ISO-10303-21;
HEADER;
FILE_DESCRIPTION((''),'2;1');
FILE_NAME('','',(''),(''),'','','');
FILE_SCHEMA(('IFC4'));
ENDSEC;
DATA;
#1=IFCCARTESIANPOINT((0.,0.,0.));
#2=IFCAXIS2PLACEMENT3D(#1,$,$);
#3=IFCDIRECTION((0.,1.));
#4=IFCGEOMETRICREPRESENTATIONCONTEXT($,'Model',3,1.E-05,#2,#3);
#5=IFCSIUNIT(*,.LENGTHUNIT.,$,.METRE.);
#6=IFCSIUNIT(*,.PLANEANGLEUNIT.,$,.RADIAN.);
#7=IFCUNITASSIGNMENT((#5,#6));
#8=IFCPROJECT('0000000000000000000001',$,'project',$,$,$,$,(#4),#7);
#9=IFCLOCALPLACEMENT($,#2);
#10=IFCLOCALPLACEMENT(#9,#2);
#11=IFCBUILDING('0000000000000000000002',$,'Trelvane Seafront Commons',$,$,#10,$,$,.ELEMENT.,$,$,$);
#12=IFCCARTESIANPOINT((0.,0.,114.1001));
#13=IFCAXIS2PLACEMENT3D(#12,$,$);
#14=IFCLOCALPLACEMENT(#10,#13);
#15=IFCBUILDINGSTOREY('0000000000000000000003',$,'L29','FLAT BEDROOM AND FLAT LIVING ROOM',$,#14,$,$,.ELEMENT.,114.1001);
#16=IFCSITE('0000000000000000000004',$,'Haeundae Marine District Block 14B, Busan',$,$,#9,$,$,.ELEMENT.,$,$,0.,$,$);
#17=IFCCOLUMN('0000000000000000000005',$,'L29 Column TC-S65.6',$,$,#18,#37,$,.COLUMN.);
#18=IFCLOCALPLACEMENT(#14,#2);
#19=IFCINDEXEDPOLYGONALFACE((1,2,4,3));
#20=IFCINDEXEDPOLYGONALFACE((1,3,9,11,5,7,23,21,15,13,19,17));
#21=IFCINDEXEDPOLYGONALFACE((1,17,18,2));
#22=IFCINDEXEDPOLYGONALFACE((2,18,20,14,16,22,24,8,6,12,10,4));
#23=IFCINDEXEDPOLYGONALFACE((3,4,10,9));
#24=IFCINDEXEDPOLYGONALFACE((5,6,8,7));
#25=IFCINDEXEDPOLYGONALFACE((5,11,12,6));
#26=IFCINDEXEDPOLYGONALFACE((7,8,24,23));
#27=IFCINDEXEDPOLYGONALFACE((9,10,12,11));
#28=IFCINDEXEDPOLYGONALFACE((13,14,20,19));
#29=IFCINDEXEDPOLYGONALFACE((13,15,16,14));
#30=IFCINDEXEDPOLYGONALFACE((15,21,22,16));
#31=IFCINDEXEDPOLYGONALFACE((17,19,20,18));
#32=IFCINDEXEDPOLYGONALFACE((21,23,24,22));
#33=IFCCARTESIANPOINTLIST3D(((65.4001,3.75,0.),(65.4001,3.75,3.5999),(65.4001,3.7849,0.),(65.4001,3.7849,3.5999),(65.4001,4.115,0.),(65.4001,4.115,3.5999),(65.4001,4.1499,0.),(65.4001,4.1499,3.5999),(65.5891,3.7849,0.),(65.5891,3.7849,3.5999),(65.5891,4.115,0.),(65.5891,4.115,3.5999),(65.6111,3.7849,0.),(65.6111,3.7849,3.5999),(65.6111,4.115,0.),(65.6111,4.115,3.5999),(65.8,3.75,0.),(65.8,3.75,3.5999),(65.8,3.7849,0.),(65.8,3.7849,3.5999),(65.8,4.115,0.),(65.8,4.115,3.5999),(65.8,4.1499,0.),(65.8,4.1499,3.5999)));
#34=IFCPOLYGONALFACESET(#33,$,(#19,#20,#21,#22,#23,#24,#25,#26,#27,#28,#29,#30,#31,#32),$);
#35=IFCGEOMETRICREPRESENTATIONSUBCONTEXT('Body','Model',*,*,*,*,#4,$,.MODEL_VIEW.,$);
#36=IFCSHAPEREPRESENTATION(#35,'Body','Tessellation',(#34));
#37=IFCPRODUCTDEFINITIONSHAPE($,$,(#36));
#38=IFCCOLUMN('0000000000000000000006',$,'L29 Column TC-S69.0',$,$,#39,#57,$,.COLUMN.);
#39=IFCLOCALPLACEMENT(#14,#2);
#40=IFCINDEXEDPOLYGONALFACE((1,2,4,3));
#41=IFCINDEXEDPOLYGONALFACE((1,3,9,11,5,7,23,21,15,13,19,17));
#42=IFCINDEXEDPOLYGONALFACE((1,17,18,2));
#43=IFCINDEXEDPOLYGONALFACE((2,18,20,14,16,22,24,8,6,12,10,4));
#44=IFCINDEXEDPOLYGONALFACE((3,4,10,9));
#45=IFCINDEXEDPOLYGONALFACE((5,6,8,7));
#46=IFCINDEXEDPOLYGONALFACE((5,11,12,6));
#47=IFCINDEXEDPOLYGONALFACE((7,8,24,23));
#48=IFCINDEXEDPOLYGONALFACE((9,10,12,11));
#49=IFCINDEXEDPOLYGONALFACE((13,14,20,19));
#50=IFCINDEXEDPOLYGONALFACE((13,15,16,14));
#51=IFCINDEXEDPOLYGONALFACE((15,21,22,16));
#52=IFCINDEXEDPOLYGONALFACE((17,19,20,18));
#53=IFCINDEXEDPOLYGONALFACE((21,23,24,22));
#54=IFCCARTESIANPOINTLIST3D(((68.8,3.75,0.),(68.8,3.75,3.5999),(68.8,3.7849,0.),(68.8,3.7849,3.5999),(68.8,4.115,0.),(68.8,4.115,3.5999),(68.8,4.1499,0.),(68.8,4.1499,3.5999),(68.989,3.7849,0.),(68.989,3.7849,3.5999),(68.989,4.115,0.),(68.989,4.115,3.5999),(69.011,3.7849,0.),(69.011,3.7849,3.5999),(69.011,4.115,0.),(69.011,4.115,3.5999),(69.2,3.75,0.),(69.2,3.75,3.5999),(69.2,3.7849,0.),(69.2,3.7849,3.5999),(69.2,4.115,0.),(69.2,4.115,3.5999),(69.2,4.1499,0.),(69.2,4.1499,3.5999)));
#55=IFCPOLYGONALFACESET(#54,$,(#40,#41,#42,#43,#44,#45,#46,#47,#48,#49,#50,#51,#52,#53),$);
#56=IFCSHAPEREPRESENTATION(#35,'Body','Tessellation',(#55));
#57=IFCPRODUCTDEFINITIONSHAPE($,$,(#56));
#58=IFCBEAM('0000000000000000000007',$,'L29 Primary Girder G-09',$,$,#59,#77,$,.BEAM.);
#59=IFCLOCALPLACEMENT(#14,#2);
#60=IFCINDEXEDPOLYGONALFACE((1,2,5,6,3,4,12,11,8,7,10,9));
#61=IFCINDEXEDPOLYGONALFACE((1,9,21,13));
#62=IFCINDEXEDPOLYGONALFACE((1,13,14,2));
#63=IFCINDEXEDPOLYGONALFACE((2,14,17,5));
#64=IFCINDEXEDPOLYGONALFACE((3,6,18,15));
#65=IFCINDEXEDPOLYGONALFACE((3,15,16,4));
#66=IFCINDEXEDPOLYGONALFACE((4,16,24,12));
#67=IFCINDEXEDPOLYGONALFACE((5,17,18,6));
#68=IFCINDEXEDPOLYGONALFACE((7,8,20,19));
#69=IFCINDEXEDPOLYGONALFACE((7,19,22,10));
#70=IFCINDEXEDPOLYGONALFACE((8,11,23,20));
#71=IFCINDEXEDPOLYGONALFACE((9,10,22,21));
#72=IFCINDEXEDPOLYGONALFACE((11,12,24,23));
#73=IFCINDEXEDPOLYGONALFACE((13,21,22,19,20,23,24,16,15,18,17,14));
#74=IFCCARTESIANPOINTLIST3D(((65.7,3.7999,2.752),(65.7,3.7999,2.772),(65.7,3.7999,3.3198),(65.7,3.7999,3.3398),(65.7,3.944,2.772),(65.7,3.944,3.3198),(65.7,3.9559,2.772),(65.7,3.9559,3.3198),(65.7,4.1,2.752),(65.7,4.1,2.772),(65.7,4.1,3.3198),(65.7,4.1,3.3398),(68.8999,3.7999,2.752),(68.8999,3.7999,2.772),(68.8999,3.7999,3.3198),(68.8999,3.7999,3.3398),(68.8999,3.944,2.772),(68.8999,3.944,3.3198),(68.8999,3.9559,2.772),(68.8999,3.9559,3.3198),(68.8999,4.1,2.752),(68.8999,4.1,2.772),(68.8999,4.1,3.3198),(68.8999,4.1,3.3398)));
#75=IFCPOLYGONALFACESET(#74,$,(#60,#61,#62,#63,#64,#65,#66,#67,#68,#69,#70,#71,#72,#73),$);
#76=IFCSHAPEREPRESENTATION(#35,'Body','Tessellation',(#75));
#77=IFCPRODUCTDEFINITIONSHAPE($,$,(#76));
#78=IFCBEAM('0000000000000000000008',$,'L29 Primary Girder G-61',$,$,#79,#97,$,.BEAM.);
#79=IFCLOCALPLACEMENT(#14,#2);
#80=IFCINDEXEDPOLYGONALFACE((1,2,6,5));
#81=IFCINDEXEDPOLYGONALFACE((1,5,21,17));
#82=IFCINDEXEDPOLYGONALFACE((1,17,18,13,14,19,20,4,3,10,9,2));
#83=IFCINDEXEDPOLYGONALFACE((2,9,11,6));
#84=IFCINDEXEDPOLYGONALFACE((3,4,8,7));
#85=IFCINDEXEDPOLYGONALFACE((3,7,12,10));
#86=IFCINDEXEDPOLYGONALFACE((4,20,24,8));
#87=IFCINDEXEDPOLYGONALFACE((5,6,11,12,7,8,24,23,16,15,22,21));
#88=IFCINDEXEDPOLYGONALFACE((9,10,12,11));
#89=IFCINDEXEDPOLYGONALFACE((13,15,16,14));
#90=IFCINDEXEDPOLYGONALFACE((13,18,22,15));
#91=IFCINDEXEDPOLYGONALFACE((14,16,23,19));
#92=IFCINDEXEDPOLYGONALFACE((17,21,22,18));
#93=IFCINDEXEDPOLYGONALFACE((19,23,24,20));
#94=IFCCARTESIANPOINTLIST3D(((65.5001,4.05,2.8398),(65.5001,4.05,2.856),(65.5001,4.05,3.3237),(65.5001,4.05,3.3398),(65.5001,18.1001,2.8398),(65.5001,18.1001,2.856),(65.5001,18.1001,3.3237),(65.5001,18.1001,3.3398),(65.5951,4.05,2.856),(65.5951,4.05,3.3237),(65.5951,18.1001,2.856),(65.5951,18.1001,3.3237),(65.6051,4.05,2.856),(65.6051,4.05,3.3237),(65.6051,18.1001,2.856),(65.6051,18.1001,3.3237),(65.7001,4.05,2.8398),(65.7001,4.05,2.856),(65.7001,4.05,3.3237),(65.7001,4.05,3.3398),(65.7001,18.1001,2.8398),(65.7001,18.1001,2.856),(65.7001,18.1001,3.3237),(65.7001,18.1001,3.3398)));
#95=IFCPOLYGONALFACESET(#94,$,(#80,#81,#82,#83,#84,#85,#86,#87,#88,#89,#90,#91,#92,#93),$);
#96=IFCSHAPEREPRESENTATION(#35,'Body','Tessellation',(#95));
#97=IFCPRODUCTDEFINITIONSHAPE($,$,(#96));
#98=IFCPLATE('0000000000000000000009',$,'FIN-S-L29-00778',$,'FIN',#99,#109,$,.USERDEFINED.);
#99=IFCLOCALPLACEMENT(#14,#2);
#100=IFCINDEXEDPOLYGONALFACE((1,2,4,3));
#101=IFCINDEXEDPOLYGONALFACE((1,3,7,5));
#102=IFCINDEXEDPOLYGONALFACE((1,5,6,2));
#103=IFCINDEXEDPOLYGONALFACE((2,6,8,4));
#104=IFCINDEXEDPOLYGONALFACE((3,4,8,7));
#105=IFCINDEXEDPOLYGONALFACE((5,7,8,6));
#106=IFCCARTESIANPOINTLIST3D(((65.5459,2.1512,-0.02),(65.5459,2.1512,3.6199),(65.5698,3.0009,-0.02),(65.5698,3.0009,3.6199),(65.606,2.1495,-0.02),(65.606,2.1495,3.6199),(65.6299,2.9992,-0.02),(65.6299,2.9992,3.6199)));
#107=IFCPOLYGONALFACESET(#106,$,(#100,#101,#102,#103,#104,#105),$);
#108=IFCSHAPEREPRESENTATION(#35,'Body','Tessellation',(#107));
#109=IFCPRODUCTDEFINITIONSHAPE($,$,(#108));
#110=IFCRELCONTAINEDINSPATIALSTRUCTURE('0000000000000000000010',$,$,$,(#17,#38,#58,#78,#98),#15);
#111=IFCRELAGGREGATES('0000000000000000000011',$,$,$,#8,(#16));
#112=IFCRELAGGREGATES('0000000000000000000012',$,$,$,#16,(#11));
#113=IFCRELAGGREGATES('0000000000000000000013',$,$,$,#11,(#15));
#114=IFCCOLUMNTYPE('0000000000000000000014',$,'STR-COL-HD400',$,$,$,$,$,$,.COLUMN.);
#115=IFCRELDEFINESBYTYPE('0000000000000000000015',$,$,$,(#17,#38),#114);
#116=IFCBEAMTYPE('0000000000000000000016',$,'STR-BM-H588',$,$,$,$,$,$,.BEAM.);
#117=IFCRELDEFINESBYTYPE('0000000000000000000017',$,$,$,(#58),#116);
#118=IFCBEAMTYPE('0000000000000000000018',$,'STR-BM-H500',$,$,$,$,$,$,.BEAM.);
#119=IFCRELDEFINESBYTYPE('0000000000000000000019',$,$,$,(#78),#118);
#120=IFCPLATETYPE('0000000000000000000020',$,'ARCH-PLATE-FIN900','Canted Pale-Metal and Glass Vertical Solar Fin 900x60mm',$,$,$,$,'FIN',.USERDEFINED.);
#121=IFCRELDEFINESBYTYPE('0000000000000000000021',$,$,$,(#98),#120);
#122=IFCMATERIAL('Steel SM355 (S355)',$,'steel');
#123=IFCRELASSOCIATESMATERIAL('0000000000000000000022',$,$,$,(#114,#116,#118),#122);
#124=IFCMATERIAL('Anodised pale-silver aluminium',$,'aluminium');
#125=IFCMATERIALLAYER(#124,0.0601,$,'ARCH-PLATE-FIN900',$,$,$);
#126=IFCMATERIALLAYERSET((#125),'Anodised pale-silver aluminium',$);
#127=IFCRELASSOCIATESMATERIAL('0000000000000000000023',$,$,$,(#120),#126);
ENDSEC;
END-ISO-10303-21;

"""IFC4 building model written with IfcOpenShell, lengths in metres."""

from ifc_helpers import new_model, si_unit, direction, frame, origin, origin_2d, place, context, subcontext, project, spatial, rectangle, i_section, extrude, source, transform, mapped, material, layer, layer_set, material_profile, profile_set, type_object, element, save


model = new_model("IFC4")

# Units and contexts
model_context = context("Model", 3, precision=1e-05, world=origin(), true_north=direction((0.0, 1.0)))
body_context = subcontext(model_context, "Body", "Model", "MODEL_VIEW")
ifc_project = project(units=[si_unit("LENGTHUNIT", "METRE"), si_unit("PLANEANGLEUNIT", "RADIAN")], contexts=[model_context])

# Site, building, storey
site_placement = place(None, origin())
site = spatial("IfcSite", under=ifc_project, at=site_placement, Name="Haeundae Marine District Block 14B, Busan", CompositionType="ELEMENT", RefElevation=0.0)
building_placement = place(site_placement, origin())
building = spatial("IfcBuilding", under=site, at=building_placement, Name="Trelvane Seafront Commons", CompositionType="ELEMENT")
storey_placement = place(building_placement, frame((0.0, 0.0, 114.1001)))
storey = spatial("IfcBuildingStorey", under=building, at=storey_placement, Name="L29", Description="FLAT BEDROOM AND FLAT LIVING ROOM", CompositionType="ELEMENT", Elevation=114.1001)

# Columns
ifc_material_1 = material(Name="Steel SM355 (S355)", Category="steel")
ifc_material_profile_1 = material_profile(ifc_material_1, i_section(OverallWidth=0.3999, OverallDepth=0.3999, WebThickness=0.022, FlangeThickness=0.0349, at=origin_2d()), Name="HD-400x400x22x35")
ifc_profile_set_1 = profile_set([ifc_material_profile_1], Name="Steel SM355 (S355)")
column_type = type_object("IfcColumnType", Name="STR-COL-HD400", PredefinedType="COLUMN", material=ifc_profile_set_1)
shared_shape_1 = source(origin(), body_context, "Body", "SweptSolid", [
    extrude(i_section(OverallWidth=0.3999, OverallDepth=0.3999, WebThickness=0.022, FlangeThickness=0.0349, at=origin_2d()), origin(), (0.0, 0.0, 1.0), 3.5999),
])
for number, where, z_axis, x_axis, name in (
    (1, (65.6001, 3.95, 0.0), (0.0, 0.0, 1.0), (1.0, 0.0, 0.0), "L29 Column TC-S65.6"),
    (2, (69.0, 3.95, 0.0), (0.0, 0.0, 1.0), (1.0, 0.0, 0.0), "L29 Column TC-S69.0"),
):
    element("IfcColumn", number, at=place(storey_placement, frame(where, z_axis=z_axis, x_axis=x_axis)), inside=storey, type_object=column_type, Name=name, PredefinedType="COLUMN", context=body_context, shape_type="MappedRepresentation", body=[
        mapped(shared_shape_1, transform((0.0, 0.0, 0.0), x_axis=(1.0, 0.0, 0.0), y_axis=(0.0, 1.0, 0.0), z_axis=(0.0, 0.0, 1.0), scale=1.0)),
    ])

# Beams
ifc_material_profile_2 = material_profile(ifc_material_1, i_section(OverallWidth=0.3, OverallDepth=0.5879, WebThickness=0.012, FlangeThickness=0.02, at=origin_2d()), Name="H-588x300x12x20")
ifc_profile_set_2 = profile_set([ifc_material_profile_2], Name="Steel SM355 (S355)")
beam_type_1 = type_object("IfcBeamType", Name="STR-BM-H588", PredefinedType="BEAM", material=ifc_profile_set_2)
shared_shape_2 = source(origin(), body_context, "Body", "SweptSolid", [
    extrude(i_section(OverallWidth=0.3, OverallDepth=0.5879, WebThickness=0.012, FlangeThickness=0.02, at=origin_2d()), origin(), (0.0, 0.0, 1.0), 3.2),
])
beam_1_placement = place(storey_placement, frame((65.7, 3.95, 3.0459), z_axis=(1.0, 0.0, 0.0), x_axis=(0.0, 1.0, 0.0)))
element("IfcBeam", 3, at=beam_1_placement, inside=storey, type_object=beam_type_1, Name="L29 Primary Girder G-09", PredefinedType="BEAM", context=body_context, shape_type="MappedRepresentation", body=[
    mapped(shared_shape_2, transform((0.0, 0.0, 0.0), x_axis=(1.0, 0.0, 0.0), y_axis=(0.0, 1.0, 0.0), z_axis=(0.0, 0.0, 1.0), scale=1.0)),
])
ifc_material_profile_3 = material_profile(ifc_material_1, i_section(OverallWidth=0.2, OverallDepth=0.5, WebThickness=0.01, FlangeThickness=0.0161, at=origin_2d()), Name="H-500x200x10x16")
ifc_profile_set_3 = profile_set([ifc_material_profile_3], Name="Steel SM355 (S355)")
beam_type_2 = type_object("IfcBeamType", Name="STR-BM-H500", PredefinedType="BEAM", material=ifc_profile_set_3)
shared_shape_3 = source(origin(), body_context, "Body", "SweptSolid", [
    extrude(i_section(OverallWidth=0.2, OverallDepth=0.5, WebThickness=0.01, FlangeThickness=0.0161, at=origin_2d()), origin(), (0.0, 0.0, 1.0), 14.05),
])
beam_2_placement = place(storey_placement, frame((65.6001, 4.05, 3.0898), z_axis=(0.0, 1.0, 0.0), x_axis=(-1.0, 0.0, 0.0)))
element("IfcBeam", 4, at=beam_2_placement, inside=storey, type_object=beam_type_2, Name="L29 Primary Girder G-61", PredefinedType="BEAM", context=body_context, shape_type="MappedRepresentation", body=[
    mapped(shared_shape_3, transform((0.0, 0.0, 0.0), x_axis=(1.0, 0.0, 0.0), y_axis=(0.0, 1.0, 0.0), z_axis=(0.0, 0.0, 1.0), scale=1.0)),
])

# Plate
ifc_material_2 = material(Name="Anodised pale-silver aluminium", Category="aluminium")
ifc_layer_1 = layer(ifc_material_2, 0.0601, Name="ARCH-PLATE-FIN900")
ifc_layer_set_1 = layer_set([ifc_layer_1], Name="Anodised pale-silver aluminium")
plate_type = type_object("IfcPlateType", Name="ARCH-PLATE-FIN900", Description="Canted Pale-Metal and Glass Vertical Solar Fin 900x60mm", ElementType="FIN", PredefinedType="USERDEFINED", material=ifc_layer_set_1)
shared_shape_4 = source(origin(), body_context, "Body", "SweptSolid", [
    extrude(rectangle(XDim=0.8501, YDim=0.0601, at=origin_2d()), origin(), (0.0, 0.0, 1.0), 3.6399),
])
plate_placement = place(storey_placement, frame((65.5879, 2.5752, -0.02), z_axis=(0.0, 0.0, 1.0), x_axis=(-0.028117, -0.999605, 0.0)))
element("IfcPlate", 5, at=plate_placement, inside=storey, type_object=plate_type, Name="FIN-S-L29-00778", ObjectType="FIN", PredefinedType="USERDEFINED", context=body_context, shape_type="MappedRepresentation", body=[
    mapped(shared_shape_4, transform((0.0, 0.0, 0.0), x_axis=(1.0, 0.0, 0.0), y_axis=(0.0, 1.0, 0.0), z_axis=(0.0, 0.0, 1.0), scale=1.0)),
])

save(model, "model.ifc")
